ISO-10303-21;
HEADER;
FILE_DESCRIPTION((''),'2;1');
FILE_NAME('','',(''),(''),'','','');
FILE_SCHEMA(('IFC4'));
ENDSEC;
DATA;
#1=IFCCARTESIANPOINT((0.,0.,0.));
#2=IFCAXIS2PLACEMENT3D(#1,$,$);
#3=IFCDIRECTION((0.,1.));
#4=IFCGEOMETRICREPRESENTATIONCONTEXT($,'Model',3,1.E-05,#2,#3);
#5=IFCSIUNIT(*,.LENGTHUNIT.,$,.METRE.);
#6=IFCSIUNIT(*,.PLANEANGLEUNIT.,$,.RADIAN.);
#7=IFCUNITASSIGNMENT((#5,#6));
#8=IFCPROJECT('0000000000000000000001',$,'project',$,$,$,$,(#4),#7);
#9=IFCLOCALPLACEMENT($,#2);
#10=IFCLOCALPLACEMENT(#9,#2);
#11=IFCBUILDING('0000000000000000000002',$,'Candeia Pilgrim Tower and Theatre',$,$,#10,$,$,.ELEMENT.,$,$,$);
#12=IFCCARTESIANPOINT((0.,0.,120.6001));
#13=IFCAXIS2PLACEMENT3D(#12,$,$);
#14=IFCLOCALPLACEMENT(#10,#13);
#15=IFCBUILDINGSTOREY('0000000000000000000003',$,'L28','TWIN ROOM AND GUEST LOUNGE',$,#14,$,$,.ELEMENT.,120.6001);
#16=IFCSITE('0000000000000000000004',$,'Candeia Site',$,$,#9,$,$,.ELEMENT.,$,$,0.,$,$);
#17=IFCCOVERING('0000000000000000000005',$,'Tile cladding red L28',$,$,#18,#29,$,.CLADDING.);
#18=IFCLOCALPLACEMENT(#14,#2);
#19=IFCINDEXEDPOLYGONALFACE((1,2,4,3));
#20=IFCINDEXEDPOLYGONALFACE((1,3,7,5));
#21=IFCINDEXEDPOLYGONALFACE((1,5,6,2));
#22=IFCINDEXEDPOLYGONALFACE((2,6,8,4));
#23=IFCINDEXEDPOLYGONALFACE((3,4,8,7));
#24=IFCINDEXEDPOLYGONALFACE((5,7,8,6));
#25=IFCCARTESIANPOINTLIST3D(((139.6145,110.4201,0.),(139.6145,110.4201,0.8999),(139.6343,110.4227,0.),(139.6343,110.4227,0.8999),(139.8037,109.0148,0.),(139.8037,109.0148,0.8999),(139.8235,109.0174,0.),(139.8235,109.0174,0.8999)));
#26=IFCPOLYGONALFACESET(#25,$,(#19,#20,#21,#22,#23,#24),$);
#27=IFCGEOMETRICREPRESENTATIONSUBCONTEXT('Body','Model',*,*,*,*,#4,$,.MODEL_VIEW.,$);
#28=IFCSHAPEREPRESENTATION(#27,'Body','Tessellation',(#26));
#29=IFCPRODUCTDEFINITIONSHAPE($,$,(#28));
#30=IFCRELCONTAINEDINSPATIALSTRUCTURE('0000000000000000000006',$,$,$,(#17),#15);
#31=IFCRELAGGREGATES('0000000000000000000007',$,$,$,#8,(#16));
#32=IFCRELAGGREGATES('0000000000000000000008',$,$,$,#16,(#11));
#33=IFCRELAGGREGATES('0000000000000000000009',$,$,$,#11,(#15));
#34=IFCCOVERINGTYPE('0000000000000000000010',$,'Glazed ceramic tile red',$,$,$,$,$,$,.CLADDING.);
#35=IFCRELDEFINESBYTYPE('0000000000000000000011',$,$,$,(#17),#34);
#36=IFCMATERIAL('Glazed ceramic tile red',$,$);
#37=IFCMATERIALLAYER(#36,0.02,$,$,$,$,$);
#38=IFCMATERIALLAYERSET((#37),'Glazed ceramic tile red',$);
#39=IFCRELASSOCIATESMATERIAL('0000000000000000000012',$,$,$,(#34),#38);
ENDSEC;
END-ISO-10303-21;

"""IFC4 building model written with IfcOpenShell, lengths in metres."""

from ifc_helpers import new_model, si_unit, direction, frame, origin, origin_2d, place, context, subcontext, project, spatial, rectangle, extrude, material, layer, layer_set, type_object, element, save


model = new_model("IFC4")

# Units and contexts
model_context = context("Model", 3, precision=1e-05, world=origin(), true_north=direction((0.0, 1.0)))
body_context = subcontext(model_context, "Body", "Model", "MODEL_VIEW")
ifc_project = project(units=[si_unit("LENGTHUNIT", "METRE"), si_unit("PLANEANGLEUNIT", "RADIAN")], contexts=[model_context])

# Site, building, storey
site_placement = place(None, origin())
site = spatial("IfcSite", under=ifc_project, at=site_placement, Name="Candeia Site", CompositionType="ELEMENT", RefElevation=0.0)
building_placement = place(site_placement, origin())
building = spatial("IfcBuilding", under=site, at=building_placement, Name="Candeia Pilgrim Tower and Theatre", CompositionType="ELEMENT")
storey_placement = place(building_placement, frame((0.0, 0.0, 120.6001)))
storey = spatial("IfcBuildingStorey", under=building, at=storey_placement, Name="L28", Description="TWIN ROOM AND GUEST LOUNGE", CompositionType="ELEMENT", Elevation=120.6001)

# Covering
ifc_material_1 = material(Name="Glazed ceramic tile red")
ifc_layer_1 = layer(ifc_material_1, 0.02)
ifc_layer_set_1 = layer_set([ifc_layer_1], Name="Glazed ceramic tile red")
covering_type = type_object("IfcCoveringType", Name="Glazed ceramic tile red", PredefinedType="CLADDING", material=ifc_layer_set_1)
covering_1_placement = place(storey_placement, frame((139.719, 109.7188, 0.0), z_axis=(0.0, 0.0, 1.0), x_axis=(-0.133412, 0.991061, 0.0)))
element("IfcCovering", 1, at=covering_1_placement, inside=storey, type_object=covering_type, Name="Tile cladding red L28", PredefinedType="CLADDING", context=body_context, shape_type="SweptSolid", body=[
    extrude(rectangle(XDim=1.418, YDim=0.02, at=origin_2d()), origin(), (0.0, 0.0, 1.0), 0.8999),
])

save(model, "model.ifc")
